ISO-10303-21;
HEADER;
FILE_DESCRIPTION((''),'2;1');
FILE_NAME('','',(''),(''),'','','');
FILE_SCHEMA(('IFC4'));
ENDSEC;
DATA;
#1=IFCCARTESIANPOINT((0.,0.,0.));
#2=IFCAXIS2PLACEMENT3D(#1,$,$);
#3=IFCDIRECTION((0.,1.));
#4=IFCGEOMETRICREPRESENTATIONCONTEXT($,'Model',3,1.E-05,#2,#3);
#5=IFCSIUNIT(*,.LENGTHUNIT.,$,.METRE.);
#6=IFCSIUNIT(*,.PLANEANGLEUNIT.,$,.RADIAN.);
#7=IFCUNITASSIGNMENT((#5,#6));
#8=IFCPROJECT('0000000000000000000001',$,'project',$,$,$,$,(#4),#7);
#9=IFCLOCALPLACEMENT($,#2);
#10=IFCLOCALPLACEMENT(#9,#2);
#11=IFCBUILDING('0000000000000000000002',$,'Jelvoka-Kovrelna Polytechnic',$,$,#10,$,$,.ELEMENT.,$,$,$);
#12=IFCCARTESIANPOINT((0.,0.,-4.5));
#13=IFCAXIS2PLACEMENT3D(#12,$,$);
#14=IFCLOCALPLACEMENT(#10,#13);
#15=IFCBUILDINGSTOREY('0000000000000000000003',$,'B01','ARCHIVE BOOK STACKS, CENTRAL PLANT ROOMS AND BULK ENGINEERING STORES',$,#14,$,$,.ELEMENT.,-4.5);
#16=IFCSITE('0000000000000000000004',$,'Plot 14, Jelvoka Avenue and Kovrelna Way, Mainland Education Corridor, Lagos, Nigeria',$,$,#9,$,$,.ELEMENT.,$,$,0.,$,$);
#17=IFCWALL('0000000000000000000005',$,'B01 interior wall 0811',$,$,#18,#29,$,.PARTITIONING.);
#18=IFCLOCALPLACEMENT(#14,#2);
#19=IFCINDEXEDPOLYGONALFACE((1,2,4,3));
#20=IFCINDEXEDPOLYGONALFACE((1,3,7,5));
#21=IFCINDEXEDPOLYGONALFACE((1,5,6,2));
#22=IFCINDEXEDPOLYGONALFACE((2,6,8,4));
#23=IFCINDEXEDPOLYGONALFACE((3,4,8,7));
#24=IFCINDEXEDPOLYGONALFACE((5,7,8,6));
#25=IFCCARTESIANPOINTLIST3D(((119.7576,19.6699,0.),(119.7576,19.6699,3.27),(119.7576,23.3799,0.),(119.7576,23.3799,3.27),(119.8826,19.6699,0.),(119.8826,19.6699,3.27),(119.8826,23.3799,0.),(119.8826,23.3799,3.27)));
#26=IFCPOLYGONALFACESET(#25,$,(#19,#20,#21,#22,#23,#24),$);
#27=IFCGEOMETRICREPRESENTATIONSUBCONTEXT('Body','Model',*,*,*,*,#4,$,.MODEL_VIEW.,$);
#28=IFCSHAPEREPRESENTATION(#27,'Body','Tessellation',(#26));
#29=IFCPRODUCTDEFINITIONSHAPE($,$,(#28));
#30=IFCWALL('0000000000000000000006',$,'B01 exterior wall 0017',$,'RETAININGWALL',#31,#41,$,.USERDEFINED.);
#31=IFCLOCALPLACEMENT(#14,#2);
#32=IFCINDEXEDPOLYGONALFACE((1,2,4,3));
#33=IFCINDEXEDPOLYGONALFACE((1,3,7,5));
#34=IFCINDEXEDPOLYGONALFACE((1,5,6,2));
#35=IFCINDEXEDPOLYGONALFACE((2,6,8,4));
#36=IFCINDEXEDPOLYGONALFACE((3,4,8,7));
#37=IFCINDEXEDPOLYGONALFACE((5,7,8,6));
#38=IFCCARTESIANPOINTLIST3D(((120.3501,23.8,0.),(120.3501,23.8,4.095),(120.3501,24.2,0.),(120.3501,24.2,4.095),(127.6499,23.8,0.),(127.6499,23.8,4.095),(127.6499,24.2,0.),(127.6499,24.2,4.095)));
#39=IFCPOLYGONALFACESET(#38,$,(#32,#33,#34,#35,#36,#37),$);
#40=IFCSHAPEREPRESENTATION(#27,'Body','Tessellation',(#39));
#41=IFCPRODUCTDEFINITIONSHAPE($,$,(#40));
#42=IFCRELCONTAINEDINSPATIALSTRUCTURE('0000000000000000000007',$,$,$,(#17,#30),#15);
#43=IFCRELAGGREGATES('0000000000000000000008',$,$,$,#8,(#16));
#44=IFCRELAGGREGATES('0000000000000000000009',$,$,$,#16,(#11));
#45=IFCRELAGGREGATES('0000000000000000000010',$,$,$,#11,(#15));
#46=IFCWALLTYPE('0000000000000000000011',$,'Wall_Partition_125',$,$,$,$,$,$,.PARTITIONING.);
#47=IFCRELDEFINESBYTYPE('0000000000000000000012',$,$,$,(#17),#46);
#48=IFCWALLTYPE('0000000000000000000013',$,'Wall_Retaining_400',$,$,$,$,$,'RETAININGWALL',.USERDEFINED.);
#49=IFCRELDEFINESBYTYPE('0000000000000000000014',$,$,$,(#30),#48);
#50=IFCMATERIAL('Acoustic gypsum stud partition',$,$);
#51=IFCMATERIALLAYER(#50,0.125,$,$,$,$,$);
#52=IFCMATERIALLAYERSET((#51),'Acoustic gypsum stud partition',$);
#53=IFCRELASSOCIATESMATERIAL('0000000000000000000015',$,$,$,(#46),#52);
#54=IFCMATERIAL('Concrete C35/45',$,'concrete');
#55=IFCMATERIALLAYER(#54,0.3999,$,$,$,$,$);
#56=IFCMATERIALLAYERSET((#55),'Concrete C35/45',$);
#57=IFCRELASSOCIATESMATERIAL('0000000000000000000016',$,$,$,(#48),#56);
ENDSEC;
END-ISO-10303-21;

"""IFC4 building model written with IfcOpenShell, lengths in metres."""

from ifc_helpers import new_model, si_unit, direction, frame, frame_2d, origin, place, context, subcontext, project, spatial, rectangle, extrude, material, layer, layer_set, type_object, element, save


model = new_model("IFC4")

# Units and contexts
model_context = context("Model", 3, precision=1e-05, world=origin(), true_north=direction((0.0, 1.0)))
body_context = subcontext(model_context, "Body", "Model", "MODEL_VIEW")
ifc_project = project(units=[si_unit("LENGTHUNIT", "METRE"), si_unit("PLANEANGLEUNIT", "RADIAN")], contexts=[model_context])

# Site, building, storey
site_placement = place(None, origin())
site = spatial("IfcSite", under=ifc_project, at=site_placement, Name="Plot 14, Jelvoka Avenue and Kovrelna Way, Mainland Education Corridor, Lagos, Nigeria", CompositionType="ELEMENT", RefElevation=0.0)
building_placement = place(site_placement, origin())
building = spatial("IfcBuilding", under=site, at=building_placement, Name="Jelvoka-Kovrelna Polytechnic", CompositionType="ELEMENT")
storey_placement = place(building_placement, frame((0.0, 0.0, -4.5)))
storey = spatial("IfcBuildingStorey", under=building, at=storey_placement, Name="B01", Description="ARCHIVE BOOK STACKS, CENTRAL PLANT ROOMS AND BULK ENGINEERING STORES", CompositionType="ELEMENT", Elevation=-4.5)

# Walls
ifc_material_1 = material(Name="Acoustic gypsum stud partition")
ifc_layer_1 = layer(ifc_material_1, 0.125)
ifc_layer_set_1 = layer_set([ifc_layer_1], Name="Acoustic gypsum stud partition")
wall_type_1 = type_object("IfcWallType", Name="Wall_Partition_125", PredefinedType="PARTITIONING", material=ifc_layer_set_1)
wall_1_placement = place(storey_placement, frame((119.8201, 19.6699, 0.0), z_axis=(0.0, 0.0, 1.0), x_axis=(0.0, 1.0, 0.0)))
element("IfcWall", 1, at=wall_1_placement, inside=storey, type_object=wall_type_1, Name="B01 interior wall 0811", PredefinedType="PARTITIONING", context=body_context, shape_type="SweptSolid", body=[
    extrude(rectangle(XDim=3.71, YDim=0.125, at=frame_2d((1.855, 0.0))), origin(), (0.0, 0.0, 1.0), 3.27),
])
ifc_material_2 = material(Name="Concrete C35/45", Category="concrete")
ifc_layer_2 = layer(ifc_material_2, 0.3999)
ifc_layer_set_2 = layer_set([ifc_layer_2], Name="Concrete C35/45")
wall_type_2 = type_object("IfcWallType", Name="Wall_Retaining_400", ElementType="RETAININGWALL", PredefinedType="USERDEFINED", material=ifc_layer_set_2)
wall_2_placement = place(storey_placement, frame((120.3501, 24.0, 0.0), z_axis=(0.0, 0.0, 1.0), x_axis=(1.0, 0.0, 0.0)))
element("IfcWall", 2, at=wall_2_placement, inside=storey, type_object=wall_type_2, Name="B01 exterior wall 0017", ObjectType="RETAININGWALL", PredefinedType="USERDEFINED", context=body_context, shape_type="SweptSolid", body=[
    extrude(rectangle(XDim=7.2998, YDim=0.3999, at=frame_2d((3.6499, 0.0))), origin(), (0.0, 0.0, 1.0), 4.095),
])

save(model, "model.ifc")
